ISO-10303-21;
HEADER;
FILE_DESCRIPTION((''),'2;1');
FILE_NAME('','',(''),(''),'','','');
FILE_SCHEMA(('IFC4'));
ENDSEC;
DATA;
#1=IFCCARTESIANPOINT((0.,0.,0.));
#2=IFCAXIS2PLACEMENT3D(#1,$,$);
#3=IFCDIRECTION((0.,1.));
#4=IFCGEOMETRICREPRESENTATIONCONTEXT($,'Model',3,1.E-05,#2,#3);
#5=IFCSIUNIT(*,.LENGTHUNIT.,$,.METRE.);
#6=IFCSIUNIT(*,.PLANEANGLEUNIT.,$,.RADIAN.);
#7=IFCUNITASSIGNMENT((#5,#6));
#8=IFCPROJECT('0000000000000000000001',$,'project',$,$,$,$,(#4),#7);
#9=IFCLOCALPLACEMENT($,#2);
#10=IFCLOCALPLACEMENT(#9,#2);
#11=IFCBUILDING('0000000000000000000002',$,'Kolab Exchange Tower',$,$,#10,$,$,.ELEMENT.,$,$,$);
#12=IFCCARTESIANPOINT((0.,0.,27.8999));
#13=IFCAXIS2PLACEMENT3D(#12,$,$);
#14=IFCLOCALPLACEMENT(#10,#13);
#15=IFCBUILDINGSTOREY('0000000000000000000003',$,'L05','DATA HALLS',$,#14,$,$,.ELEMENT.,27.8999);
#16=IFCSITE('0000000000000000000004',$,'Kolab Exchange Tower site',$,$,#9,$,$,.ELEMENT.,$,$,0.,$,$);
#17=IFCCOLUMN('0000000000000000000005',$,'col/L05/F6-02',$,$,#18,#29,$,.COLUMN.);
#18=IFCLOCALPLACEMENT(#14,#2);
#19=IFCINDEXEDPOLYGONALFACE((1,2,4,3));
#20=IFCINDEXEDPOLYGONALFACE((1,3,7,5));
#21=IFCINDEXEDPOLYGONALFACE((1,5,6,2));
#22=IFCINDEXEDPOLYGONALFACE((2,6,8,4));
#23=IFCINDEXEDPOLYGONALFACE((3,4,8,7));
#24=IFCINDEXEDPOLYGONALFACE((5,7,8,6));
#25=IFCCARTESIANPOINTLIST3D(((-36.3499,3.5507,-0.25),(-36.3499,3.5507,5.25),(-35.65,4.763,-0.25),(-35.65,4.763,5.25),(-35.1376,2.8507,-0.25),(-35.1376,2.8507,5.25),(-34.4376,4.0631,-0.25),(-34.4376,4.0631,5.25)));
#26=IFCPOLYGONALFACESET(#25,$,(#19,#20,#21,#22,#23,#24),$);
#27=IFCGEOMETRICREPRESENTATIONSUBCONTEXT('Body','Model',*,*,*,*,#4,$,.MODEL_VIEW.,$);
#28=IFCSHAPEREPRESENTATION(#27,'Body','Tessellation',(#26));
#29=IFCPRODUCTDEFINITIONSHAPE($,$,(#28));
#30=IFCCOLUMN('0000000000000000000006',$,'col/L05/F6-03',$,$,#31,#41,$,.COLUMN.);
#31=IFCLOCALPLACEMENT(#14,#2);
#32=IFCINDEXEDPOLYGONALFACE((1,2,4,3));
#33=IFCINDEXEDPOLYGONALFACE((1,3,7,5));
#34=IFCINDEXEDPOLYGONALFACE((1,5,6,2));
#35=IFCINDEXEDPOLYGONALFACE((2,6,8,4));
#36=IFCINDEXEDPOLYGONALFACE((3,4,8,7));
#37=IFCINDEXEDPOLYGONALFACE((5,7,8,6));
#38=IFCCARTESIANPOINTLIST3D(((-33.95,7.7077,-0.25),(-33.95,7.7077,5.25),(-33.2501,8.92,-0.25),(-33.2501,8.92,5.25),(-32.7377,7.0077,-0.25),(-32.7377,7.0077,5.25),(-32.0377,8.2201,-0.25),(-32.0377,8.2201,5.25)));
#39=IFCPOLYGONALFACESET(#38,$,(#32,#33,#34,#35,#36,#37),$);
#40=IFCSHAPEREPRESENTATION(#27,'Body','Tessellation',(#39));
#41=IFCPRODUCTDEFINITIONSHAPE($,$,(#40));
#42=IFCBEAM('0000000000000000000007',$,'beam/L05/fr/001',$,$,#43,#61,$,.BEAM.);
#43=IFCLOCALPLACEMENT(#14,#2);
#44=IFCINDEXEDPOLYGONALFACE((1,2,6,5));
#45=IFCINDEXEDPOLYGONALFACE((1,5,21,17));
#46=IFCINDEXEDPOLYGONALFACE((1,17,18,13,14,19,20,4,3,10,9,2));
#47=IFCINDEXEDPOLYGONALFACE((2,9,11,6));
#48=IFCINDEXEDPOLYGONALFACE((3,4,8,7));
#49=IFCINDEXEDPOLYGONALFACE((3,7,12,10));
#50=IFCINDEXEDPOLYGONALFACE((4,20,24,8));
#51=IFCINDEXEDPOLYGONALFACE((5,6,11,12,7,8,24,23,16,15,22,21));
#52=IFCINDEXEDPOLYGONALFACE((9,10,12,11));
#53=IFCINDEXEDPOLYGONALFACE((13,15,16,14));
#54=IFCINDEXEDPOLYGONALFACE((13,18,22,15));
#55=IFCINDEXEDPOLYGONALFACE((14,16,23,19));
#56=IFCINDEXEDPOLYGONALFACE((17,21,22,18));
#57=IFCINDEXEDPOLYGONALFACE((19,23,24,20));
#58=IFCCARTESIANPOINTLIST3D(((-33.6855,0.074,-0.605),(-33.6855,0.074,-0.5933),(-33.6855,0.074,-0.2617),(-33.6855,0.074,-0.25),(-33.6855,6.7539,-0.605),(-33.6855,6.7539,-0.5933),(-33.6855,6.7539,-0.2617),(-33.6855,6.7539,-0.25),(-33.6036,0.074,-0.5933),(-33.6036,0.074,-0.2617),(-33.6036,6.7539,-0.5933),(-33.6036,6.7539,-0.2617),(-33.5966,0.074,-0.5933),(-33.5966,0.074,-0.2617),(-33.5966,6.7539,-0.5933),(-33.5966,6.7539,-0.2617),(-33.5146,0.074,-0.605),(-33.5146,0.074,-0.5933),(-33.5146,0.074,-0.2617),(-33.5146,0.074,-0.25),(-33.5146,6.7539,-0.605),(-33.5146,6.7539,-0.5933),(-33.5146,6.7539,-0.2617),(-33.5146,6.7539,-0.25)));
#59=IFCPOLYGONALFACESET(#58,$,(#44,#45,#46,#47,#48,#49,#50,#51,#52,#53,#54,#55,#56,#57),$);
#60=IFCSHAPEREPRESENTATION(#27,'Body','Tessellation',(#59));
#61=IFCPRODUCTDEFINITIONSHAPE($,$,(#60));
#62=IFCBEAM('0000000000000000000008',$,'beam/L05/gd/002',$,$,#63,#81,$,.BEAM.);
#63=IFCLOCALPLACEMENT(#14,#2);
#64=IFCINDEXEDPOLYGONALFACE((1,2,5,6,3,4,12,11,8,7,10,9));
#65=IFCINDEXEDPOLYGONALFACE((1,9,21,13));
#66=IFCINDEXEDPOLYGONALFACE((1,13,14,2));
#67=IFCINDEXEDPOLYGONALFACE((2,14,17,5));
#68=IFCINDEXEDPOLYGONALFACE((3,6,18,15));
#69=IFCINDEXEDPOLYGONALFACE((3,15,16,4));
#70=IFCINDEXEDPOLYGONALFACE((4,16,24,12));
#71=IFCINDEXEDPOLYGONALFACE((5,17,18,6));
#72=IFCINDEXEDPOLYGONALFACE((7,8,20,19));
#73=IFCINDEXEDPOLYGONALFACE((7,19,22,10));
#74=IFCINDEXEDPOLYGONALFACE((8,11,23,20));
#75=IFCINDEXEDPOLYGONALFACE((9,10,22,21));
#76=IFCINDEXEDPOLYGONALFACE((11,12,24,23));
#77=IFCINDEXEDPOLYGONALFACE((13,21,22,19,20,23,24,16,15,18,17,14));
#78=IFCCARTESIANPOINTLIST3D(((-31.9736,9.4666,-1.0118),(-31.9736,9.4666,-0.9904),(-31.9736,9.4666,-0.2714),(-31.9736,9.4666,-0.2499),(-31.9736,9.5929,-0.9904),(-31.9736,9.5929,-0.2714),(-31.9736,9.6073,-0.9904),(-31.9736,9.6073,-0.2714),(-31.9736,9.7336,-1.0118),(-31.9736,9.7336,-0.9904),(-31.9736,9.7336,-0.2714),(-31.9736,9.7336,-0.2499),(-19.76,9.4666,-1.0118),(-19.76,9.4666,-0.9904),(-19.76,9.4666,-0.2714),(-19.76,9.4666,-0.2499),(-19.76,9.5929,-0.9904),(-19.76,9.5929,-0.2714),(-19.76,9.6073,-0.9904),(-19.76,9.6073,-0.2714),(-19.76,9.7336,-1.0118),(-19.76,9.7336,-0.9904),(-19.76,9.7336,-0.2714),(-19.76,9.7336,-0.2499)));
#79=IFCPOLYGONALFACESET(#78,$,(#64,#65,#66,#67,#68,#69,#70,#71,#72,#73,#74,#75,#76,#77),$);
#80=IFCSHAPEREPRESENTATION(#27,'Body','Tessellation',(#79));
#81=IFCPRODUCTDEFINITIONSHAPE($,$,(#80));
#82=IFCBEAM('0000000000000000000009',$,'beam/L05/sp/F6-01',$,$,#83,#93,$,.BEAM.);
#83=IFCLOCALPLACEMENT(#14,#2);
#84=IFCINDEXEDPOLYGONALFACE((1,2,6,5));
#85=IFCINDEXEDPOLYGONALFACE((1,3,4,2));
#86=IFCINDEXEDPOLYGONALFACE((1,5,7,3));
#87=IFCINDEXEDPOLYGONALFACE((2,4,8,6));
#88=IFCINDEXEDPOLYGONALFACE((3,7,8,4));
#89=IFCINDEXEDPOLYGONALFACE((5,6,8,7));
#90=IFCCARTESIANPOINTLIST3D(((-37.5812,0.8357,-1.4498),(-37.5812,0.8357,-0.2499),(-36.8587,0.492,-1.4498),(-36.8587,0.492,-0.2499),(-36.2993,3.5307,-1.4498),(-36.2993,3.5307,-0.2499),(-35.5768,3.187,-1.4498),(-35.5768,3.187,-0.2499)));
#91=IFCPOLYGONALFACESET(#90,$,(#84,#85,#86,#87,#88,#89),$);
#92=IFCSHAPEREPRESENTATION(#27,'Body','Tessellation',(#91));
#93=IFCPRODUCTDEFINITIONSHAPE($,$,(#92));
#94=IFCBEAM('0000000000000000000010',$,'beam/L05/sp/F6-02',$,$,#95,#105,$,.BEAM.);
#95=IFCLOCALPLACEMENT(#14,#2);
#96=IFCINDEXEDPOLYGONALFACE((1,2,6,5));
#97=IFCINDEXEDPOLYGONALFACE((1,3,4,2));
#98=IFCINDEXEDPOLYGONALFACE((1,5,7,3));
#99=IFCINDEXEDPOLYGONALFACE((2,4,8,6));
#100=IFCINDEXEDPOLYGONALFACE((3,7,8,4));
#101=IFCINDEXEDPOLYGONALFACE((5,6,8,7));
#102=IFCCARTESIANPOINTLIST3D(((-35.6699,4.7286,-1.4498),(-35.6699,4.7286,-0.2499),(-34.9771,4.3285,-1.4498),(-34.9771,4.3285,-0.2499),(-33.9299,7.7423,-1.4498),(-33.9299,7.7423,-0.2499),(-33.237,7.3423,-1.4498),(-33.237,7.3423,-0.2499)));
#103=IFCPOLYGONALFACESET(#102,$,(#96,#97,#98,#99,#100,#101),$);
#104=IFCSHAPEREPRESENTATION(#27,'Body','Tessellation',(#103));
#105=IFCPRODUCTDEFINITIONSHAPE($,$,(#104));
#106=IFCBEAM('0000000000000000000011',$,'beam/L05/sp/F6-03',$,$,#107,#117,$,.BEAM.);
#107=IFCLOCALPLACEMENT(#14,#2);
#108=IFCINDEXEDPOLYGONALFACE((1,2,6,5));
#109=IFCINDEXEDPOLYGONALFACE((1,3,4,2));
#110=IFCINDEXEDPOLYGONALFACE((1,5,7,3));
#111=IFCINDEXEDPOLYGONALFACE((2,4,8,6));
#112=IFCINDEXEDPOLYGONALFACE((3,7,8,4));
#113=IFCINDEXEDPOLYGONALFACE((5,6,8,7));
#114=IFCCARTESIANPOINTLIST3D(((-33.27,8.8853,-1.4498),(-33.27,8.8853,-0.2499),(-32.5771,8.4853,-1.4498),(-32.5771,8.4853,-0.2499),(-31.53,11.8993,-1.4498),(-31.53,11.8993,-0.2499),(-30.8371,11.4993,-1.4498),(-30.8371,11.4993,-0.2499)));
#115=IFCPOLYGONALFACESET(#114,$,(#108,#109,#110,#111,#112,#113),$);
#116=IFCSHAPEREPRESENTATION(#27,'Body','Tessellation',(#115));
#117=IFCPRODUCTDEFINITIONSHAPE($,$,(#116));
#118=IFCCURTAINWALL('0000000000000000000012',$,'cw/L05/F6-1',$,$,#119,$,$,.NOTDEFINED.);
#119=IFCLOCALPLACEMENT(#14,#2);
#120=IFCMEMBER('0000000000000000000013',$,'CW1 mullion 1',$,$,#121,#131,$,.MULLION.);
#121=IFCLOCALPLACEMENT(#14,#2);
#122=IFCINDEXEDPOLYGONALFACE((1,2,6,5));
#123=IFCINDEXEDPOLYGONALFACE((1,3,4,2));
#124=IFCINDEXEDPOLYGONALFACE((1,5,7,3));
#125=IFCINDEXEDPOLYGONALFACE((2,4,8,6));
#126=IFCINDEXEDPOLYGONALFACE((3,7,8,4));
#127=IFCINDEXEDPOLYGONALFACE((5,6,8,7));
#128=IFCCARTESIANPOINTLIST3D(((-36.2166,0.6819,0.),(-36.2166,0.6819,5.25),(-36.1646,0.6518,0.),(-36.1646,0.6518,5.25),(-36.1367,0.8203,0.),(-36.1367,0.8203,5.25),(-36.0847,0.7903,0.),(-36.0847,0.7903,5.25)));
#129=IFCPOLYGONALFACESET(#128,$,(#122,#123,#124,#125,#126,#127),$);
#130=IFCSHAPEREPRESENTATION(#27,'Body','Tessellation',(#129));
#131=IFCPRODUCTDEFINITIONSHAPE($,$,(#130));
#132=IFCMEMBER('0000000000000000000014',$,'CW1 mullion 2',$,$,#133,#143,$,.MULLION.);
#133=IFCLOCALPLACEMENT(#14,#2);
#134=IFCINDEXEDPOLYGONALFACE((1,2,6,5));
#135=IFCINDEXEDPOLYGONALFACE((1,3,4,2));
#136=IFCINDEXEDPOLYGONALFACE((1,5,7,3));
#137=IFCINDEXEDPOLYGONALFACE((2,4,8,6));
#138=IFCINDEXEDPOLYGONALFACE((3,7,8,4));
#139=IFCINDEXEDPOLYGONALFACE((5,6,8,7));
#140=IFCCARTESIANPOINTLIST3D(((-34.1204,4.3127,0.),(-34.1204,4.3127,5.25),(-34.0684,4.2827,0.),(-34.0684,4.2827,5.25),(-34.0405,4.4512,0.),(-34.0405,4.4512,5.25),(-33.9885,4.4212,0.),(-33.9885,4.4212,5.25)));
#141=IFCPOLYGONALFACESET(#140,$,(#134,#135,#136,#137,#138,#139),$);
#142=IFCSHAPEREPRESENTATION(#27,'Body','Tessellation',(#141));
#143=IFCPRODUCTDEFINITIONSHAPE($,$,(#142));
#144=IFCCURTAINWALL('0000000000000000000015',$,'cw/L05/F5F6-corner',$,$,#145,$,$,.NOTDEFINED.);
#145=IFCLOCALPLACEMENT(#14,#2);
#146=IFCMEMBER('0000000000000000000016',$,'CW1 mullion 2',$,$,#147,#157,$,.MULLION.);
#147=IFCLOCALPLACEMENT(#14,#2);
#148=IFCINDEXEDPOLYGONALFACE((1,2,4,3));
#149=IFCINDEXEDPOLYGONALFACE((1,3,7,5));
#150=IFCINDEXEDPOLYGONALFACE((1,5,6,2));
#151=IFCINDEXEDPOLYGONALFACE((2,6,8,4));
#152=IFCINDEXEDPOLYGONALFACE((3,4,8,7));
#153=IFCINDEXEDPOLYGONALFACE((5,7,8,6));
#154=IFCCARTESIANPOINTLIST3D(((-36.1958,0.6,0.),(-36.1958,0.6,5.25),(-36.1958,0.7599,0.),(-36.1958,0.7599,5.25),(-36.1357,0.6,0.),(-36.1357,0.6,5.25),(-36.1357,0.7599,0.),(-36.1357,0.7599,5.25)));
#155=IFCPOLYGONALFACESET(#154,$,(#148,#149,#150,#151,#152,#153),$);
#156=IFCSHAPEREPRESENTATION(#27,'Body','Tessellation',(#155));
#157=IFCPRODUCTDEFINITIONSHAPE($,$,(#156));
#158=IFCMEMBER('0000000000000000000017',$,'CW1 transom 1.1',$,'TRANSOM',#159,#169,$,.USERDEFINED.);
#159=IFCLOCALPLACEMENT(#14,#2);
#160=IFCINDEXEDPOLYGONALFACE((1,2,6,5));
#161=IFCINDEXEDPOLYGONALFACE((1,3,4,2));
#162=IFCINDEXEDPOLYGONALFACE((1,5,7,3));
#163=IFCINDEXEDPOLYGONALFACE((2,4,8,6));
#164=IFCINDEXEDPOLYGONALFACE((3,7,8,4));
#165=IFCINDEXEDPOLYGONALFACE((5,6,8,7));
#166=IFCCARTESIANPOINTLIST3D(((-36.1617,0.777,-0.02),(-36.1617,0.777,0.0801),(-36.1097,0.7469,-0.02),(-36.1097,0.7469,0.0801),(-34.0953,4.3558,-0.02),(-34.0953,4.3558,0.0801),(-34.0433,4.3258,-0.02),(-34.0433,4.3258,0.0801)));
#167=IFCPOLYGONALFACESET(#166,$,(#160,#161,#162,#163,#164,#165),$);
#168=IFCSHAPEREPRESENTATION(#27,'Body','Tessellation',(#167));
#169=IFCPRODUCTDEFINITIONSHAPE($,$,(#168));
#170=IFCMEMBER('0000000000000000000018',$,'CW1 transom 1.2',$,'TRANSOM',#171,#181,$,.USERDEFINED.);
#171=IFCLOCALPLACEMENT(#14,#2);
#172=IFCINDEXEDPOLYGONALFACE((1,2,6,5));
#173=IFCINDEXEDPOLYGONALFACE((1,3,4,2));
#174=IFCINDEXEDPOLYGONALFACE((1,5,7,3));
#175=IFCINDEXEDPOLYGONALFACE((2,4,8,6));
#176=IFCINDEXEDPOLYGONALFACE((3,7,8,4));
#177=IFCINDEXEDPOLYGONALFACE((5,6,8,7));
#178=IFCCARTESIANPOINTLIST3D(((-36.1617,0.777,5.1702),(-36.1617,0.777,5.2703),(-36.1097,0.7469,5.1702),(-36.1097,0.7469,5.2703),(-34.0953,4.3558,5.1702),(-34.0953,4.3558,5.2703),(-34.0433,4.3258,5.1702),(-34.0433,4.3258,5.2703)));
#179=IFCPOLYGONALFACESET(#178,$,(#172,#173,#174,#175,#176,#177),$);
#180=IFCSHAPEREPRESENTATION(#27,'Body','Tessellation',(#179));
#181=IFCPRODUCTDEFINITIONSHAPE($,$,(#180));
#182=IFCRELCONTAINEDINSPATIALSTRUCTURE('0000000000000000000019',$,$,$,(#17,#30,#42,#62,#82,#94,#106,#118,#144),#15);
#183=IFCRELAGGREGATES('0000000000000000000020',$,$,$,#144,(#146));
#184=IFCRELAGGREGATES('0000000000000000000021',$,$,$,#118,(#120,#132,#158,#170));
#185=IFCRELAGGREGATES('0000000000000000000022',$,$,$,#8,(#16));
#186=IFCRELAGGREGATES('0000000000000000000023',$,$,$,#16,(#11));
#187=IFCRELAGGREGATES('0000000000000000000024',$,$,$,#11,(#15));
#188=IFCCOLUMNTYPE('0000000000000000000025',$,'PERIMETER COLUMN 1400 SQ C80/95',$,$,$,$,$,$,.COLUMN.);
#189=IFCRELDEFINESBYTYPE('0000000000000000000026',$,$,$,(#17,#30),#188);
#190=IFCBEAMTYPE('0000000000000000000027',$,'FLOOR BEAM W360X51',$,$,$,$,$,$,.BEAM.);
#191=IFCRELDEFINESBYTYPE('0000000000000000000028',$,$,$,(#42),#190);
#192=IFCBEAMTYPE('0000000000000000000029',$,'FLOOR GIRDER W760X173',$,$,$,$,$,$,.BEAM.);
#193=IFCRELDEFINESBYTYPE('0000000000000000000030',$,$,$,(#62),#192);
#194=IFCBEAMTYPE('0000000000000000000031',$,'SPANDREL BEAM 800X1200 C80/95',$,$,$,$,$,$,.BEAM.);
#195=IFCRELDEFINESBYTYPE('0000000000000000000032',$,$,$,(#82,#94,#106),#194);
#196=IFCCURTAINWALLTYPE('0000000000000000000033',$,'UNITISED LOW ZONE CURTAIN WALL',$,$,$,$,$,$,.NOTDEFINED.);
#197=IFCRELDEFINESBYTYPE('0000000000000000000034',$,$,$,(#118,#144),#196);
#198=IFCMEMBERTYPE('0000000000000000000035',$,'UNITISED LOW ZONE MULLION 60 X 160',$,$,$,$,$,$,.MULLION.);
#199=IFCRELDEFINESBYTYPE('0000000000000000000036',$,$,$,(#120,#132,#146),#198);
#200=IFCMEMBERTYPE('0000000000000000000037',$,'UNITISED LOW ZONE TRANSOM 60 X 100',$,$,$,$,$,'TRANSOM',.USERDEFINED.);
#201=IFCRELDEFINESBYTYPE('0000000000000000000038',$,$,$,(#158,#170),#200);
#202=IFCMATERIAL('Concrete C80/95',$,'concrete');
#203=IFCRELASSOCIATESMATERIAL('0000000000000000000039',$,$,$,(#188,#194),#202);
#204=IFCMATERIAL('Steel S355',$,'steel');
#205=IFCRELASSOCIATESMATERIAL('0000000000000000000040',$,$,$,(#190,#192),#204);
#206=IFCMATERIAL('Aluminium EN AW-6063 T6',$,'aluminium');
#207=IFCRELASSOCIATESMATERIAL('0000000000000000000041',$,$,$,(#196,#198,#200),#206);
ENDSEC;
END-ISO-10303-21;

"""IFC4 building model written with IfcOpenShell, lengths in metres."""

from ifc_helpers import new_model, si_unit, direction, frame, origin, origin_2d, place, context, subcontext, project, spatial, rectangle, i_section, extrude, material, material_profile, profile_set, type_object, element, aggregate, save


model = new_model("IFC4")

# Units and contexts
model_context = context("Model", 3, precision=1e-05, world=origin(), true_north=direction((0.0, 1.0)))
body_context = subcontext(model_context, "Body", "Model", "MODEL_VIEW")
ifc_project = project(units=[si_unit("LENGTHUNIT", "METRE"), si_unit("PLANEANGLEUNIT", "RADIAN")], contexts=[model_context])

# Site, building, storey
site_placement = place(None, origin())
site = spatial("IfcSite", under=ifc_project, at=site_placement, Name="Kolab Exchange Tower site", CompositionType="ELEMENT", RefElevation=0.0)
building_placement = place(site_placement, origin())
building = spatial("IfcBuilding", under=site, at=building_placement, Name="Kolab Exchange Tower", CompositionType="ELEMENT")
storey_placement = place(building_placement, frame((0.0, 0.0, 27.8999)))
storey = spatial("IfcBuildingStorey", under=building, at=storey_placement, Name="L05", Description="DATA HALLS", CompositionType="ELEMENT", Elevation=27.8999)

# Columns
ifc_material_1 = material(Name="Concrete C80/95", Category="concrete")
ifc_material_profile_1 = material_profile(ifc_material_1, rectangle(XDim=1.3999, YDim=1.3999, at=origin_2d()), Name="RC1400")
ifc_profile_set_1 = profile_set([ifc_material_profile_1], Name="Concrete C80/95")
column_type = type_object("IfcColumnType", Name="PERIMETER COLUMN 1400 SQ C80/95", PredefinedType="COLUMN", material=ifc_profile_set_1)
for number, where, z_axis, x_axis, name in (
    (1, (-35.3938, 3.8069, -0.25), (0.0, 0.0, 1.0), (0.5, 0.866025, 0.0), "col/L05/F6-02"),
    (2, (-32.9939, 7.9639, -0.25), (0.0, 0.0, 1.0), (0.5, 0.866025, 0.0), "col/L05/F6-03"),
):
    element("IfcColumn", number, at=place(storey_placement, frame(where, z_axis=z_axis, x_axis=x_axis)), inside=storey, type_object=column_type, Name=name, PredefinedType="COLUMN", context=body_context, shape_type="SweptSolid", body=[
        extrude(rectangle(XDim=1.3999, YDim=1.3999, at=origin_2d()), origin(), (0.0, 0.0, 1.0), 5.5),
    ])

# Beams
ifc_material_2 = material(Name="Steel S355", Category="steel")
ifc_material_profile_2 = material_profile(ifc_material_2, i_section(OverallWidth=0.1709, OverallDepth=0.355, WebThickness=0.0071, FlangeThickness=0.0117, at=origin_2d()), Name="W360X51")
ifc_profile_set_2 = profile_set([ifc_material_profile_2], Name="Steel S355")
beam_type_1 = type_object("IfcBeamType", Name="FLOOR BEAM W360X51", PredefinedType="BEAM", material=ifc_profile_set_2)
beam_1_placement = place(storey_placement, frame((-33.6001, 0.074, -0.4275), z_axis=(0.0, 1.0, 0.0), x_axis=(-1.0, 0.0, 0.0)))
element("IfcBeam", 3, at=beam_1_placement, inside=storey, type_object=beam_type_1, Name="beam/L05/fr/001", PredefinedType="BEAM", context=body_context, shape_type="SweptSolid", body=[
    extrude(i_section(OverallWidth=0.1709, OverallDepth=0.355, WebThickness=0.0071, FlangeThickness=0.0117, at=origin_2d()), origin(), (0.0, 0.0, 1.0), 6.6799),
])
ifc_material_profile_3 = material_profile(ifc_material_2, i_section(OverallWidth=0.2671, OverallDepth=0.762, WebThickness=0.0144, FlangeThickness=0.0215, at=origin_2d()), Name="W760X173")
ifc_profile_set_3 = profile_set([ifc_material_profile_3], Name="Steel S355")
beam_type_2 = type_object("IfcBeamType", Name="FLOOR GIRDER W760X173", PredefinedType="BEAM", material=ifc_profile_set_3)
beam_2_placement = place(storey_placement, frame((-31.9736, 9.6001, -0.6309), z_axis=(1.0, 0.0, 0.0), x_axis=(0.0, 1.0, 0.0)))
element("IfcBeam", 4, at=beam_2_placement, inside=storey, type_object=beam_type_2, Name="beam/L05/gd/002", PredefinedType="BEAM", context=body_context, shape_type="SweptSolid", body=[
    extrude(i_section(OverallWidth=0.2671, OverallDepth=0.762, WebThickness=0.0144, FlangeThickness=0.0215, at=origin_2d()), origin(), (0.0, 0.0, 1.0), 12.2136),
])
ifc_material_profile_4 = material_profile(ifc_material_1, rectangle(XDim=0.8, YDim=1.2, at=origin_2d()), Name="RC800X1200")
ifc_profile_set_4 = profile_set([ifc_material_profile_4], Name="Concrete C80/95")
beam_type_3 = type_object("IfcBeamType", Name="SPANDREL BEAM 800X1200 C80/95", PredefinedType="BEAM", material=ifc_profile_set_4)
beam_3_placement = place(storey_placement, frame((-37.22, 0.6638, -0.8499), z_axis=(0.429556, 0.90304, 0.0), x_axis=(-0.90304, 0.429556, 0.0)))
element("IfcBeam", 5, at=beam_3_placement, inside=storey, type_object=beam_type_3, Name="beam/L05/sp/F6-01", PredefinedType="BEAM", context=body_context, shape_type="SweptSolid", body=[
    extrude(rectangle(XDim=0.8, YDim=1.2, at=origin_2d()), origin(), (0.0, 0.0, 1.0), 2.9844),
])
beam_4_placement = place(storey_placement, frame((-35.3235, 4.5286, -0.8499), z_axis=(0.50001, 0.86602, 0.0), x_axis=(-0.86602, 0.50001, 0.0)))
element("IfcBeam", 6, at=beam_4_placement, inside=storey, type_object=beam_type_3, Name="beam/L05/sp/F6-02", PredefinedType="BEAM", context=body_context, shape_type="SweptSolid", body=[
    extrude(rectangle(XDim=0.8, YDim=1.2, at=origin_2d()), origin(), (0.0, 0.0, 1.0), 3.48),
])
beam_5_placement = place(storey_placement, frame((-32.9236, 8.6853, -0.8499), z_axis=(0.49998, 0.866037, 0.0), x_axis=(-0.866037, 0.49998, 0.0)))
element("IfcBeam", 7, at=beam_5_placement, inside=storey, type_object=beam_type_3, Name="beam/L05/sp/F6-03", PredefinedType="BEAM", context=body_context, shape_type="SweptSolid", body=[
    extrude(rectangle(XDim=0.8, YDim=1.2, at=origin_2d()), origin(), (0.0, 0.0, 1.0), 3.4802),
])

# Curtain wall, members
ifc_material_3 = material(Name="Aluminium EN AW-6063 T6", Category="aluminium")
curtain_wall_type = type_object("IfcCurtainWallType", Name="UNITISED LOW ZONE CURTAIN WALL", PredefinedType="NOTDEFINED", material=ifc_material_3)
curtain_wall_1_placement = place(storey_placement, origin())
curtain_wall_1 = element("IfcCurtainWall", 8, at=curtain_wall_1_placement, inside=storey, type_object=curtain_wall_type, Name="cw/L05/F6-1", PredefinedType="NOTDEFINED")
ifc_material_profile_5 = material_profile(ifc_material_3, rectangle(XDim=0.0601, YDim=0.1599, at=origin_2d()), Name="RECT 60X160")
ifc_profile_set_5 = profile_set([ifc_material_profile_5], Name="Aluminium EN AW-6063 T6")
member_type_1 = type_object("IfcMemberType", Name="UNITISED LOW ZONE MULLION 60 X 160", PredefinedType="MULLION", material=ifc_profile_set_5)
member_1_placement = place(storey_placement, frame((-36.1506, 0.7361, 0.0), z_axis=(0.0, 0.0, 1.0), x_axis=(-0.866025, 0.5, 0.0)))
member_1 = element("IfcMember", 9, at=member_1_placement, type_object=member_type_1, Name="CW1 mullion 1", PredefinedType="MULLION", context=body_context, shape_type="SweptSolid", body=[
    extrude(rectangle(XDim=0.0601, YDim=0.1599, at=origin_2d()), origin(), (0.0, 0.0, 1.0), 5.25),
])
member_2_placement = place(storey_placement, frame((-34.0544, 4.3669, 0.0), z_axis=(0.0, 0.0, 1.0), x_axis=(-0.866025, 0.5, 0.0)))
member_2 = element("IfcMember", 10, at=member_2_placement, type_object=member_type_1, Name="CW1 mullion 2", PredefinedType="MULLION", context=body_context, shape_type="SweptSolid", body=[
    extrude(rectangle(XDim=0.0601, YDim=0.1599, at=origin_2d()), origin(), (0.0, 0.0, 1.0), 5.25),
])

# Curtain wall, member
curtain_wall_2_placement = place(storey_placement, origin())
curtain_wall_2 = element("IfcCurtainWall", 11, at=curtain_wall_2_placement, inside=storey, type_object=curtain_wall_type, Name="cw/L05/F5F6-corner", PredefinedType="NOTDEFINED")
member_3_placement = place(storey_placement, frame((-36.1658, 0.6799, 0.0), z_axis=(0.0, 0.0, 1.0), x_axis=(-1.0, 0.0, 0.0)))
member_3 = element("IfcMember", 12, at=member_3_placement, type_object=member_type_1, Name="CW1 mullion 2", PredefinedType="MULLION", context=body_context, shape_type="SweptSolid", body=[
    extrude(rectangle(XDim=0.0601, YDim=0.1599, at=origin_2d()), origin(), (0.0, 0.0, 1.0), 5.25),
])
aggregate(curtain_wall_2, [member_3])

# Members
ifc_material_profile_6 = material_profile(ifc_material_3, rectangle(XDim=0.0601, YDim=0.1001, at=origin_2d()), Name="RECT 60X100")
ifc_profile_set_6 = profile_set([ifc_material_profile_6], Name="Aluminium EN AW-6063 T6")
member_type_2 = type_object("IfcMemberType", Name="UNITISED LOW ZONE TRANSOM 60 X 100", ElementType="TRANSOM", PredefinedType="USERDEFINED", material=ifc_profile_set_6)
member_4_placement = place(storey_placement, frame((-36.1357, 0.762, 0.03), z_axis=(0.500028, 0.866009, 0.0), x_axis=(-0.866009, 0.500028, 0.0)))
member_4 = element("IfcMember", 13, at=member_4_placement, type_object=member_type_2, Name="CW1 transom 1.1", ObjectType="TRANSOM", PredefinedType="USERDEFINED", context=body_context, shape_type="SweptSolid", body=[
    extrude(rectangle(XDim=0.0601, YDim=0.1001, at=origin_2d()), origin(), (0.0, 0.0, 1.0), 4.1326),
])
member_5_placement = place(storey_placement, frame((-36.1357, 0.762, 5.2202), z_axis=(0.500028, 0.866009, 0.0), x_axis=(-0.866009, 0.500028, 0.0)))
member_5 = element("IfcMember", 14, at=member_5_placement, type_object=member_type_2, Name="CW1 transom 1.2", ObjectType="TRANSOM", PredefinedType="USERDEFINED", context=body_context, shape_type="SweptSolid", body=[
    extrude(rectangle(XDim=0.0601, YDim=0.1001, at=origin_2d()), origin(), (0.0, 0.0, 1.0), 4.1326),
])

aggregate(curtain_wall_1, [member_1, member_2, member_4, member_5])

save(model, "model.ifc")
